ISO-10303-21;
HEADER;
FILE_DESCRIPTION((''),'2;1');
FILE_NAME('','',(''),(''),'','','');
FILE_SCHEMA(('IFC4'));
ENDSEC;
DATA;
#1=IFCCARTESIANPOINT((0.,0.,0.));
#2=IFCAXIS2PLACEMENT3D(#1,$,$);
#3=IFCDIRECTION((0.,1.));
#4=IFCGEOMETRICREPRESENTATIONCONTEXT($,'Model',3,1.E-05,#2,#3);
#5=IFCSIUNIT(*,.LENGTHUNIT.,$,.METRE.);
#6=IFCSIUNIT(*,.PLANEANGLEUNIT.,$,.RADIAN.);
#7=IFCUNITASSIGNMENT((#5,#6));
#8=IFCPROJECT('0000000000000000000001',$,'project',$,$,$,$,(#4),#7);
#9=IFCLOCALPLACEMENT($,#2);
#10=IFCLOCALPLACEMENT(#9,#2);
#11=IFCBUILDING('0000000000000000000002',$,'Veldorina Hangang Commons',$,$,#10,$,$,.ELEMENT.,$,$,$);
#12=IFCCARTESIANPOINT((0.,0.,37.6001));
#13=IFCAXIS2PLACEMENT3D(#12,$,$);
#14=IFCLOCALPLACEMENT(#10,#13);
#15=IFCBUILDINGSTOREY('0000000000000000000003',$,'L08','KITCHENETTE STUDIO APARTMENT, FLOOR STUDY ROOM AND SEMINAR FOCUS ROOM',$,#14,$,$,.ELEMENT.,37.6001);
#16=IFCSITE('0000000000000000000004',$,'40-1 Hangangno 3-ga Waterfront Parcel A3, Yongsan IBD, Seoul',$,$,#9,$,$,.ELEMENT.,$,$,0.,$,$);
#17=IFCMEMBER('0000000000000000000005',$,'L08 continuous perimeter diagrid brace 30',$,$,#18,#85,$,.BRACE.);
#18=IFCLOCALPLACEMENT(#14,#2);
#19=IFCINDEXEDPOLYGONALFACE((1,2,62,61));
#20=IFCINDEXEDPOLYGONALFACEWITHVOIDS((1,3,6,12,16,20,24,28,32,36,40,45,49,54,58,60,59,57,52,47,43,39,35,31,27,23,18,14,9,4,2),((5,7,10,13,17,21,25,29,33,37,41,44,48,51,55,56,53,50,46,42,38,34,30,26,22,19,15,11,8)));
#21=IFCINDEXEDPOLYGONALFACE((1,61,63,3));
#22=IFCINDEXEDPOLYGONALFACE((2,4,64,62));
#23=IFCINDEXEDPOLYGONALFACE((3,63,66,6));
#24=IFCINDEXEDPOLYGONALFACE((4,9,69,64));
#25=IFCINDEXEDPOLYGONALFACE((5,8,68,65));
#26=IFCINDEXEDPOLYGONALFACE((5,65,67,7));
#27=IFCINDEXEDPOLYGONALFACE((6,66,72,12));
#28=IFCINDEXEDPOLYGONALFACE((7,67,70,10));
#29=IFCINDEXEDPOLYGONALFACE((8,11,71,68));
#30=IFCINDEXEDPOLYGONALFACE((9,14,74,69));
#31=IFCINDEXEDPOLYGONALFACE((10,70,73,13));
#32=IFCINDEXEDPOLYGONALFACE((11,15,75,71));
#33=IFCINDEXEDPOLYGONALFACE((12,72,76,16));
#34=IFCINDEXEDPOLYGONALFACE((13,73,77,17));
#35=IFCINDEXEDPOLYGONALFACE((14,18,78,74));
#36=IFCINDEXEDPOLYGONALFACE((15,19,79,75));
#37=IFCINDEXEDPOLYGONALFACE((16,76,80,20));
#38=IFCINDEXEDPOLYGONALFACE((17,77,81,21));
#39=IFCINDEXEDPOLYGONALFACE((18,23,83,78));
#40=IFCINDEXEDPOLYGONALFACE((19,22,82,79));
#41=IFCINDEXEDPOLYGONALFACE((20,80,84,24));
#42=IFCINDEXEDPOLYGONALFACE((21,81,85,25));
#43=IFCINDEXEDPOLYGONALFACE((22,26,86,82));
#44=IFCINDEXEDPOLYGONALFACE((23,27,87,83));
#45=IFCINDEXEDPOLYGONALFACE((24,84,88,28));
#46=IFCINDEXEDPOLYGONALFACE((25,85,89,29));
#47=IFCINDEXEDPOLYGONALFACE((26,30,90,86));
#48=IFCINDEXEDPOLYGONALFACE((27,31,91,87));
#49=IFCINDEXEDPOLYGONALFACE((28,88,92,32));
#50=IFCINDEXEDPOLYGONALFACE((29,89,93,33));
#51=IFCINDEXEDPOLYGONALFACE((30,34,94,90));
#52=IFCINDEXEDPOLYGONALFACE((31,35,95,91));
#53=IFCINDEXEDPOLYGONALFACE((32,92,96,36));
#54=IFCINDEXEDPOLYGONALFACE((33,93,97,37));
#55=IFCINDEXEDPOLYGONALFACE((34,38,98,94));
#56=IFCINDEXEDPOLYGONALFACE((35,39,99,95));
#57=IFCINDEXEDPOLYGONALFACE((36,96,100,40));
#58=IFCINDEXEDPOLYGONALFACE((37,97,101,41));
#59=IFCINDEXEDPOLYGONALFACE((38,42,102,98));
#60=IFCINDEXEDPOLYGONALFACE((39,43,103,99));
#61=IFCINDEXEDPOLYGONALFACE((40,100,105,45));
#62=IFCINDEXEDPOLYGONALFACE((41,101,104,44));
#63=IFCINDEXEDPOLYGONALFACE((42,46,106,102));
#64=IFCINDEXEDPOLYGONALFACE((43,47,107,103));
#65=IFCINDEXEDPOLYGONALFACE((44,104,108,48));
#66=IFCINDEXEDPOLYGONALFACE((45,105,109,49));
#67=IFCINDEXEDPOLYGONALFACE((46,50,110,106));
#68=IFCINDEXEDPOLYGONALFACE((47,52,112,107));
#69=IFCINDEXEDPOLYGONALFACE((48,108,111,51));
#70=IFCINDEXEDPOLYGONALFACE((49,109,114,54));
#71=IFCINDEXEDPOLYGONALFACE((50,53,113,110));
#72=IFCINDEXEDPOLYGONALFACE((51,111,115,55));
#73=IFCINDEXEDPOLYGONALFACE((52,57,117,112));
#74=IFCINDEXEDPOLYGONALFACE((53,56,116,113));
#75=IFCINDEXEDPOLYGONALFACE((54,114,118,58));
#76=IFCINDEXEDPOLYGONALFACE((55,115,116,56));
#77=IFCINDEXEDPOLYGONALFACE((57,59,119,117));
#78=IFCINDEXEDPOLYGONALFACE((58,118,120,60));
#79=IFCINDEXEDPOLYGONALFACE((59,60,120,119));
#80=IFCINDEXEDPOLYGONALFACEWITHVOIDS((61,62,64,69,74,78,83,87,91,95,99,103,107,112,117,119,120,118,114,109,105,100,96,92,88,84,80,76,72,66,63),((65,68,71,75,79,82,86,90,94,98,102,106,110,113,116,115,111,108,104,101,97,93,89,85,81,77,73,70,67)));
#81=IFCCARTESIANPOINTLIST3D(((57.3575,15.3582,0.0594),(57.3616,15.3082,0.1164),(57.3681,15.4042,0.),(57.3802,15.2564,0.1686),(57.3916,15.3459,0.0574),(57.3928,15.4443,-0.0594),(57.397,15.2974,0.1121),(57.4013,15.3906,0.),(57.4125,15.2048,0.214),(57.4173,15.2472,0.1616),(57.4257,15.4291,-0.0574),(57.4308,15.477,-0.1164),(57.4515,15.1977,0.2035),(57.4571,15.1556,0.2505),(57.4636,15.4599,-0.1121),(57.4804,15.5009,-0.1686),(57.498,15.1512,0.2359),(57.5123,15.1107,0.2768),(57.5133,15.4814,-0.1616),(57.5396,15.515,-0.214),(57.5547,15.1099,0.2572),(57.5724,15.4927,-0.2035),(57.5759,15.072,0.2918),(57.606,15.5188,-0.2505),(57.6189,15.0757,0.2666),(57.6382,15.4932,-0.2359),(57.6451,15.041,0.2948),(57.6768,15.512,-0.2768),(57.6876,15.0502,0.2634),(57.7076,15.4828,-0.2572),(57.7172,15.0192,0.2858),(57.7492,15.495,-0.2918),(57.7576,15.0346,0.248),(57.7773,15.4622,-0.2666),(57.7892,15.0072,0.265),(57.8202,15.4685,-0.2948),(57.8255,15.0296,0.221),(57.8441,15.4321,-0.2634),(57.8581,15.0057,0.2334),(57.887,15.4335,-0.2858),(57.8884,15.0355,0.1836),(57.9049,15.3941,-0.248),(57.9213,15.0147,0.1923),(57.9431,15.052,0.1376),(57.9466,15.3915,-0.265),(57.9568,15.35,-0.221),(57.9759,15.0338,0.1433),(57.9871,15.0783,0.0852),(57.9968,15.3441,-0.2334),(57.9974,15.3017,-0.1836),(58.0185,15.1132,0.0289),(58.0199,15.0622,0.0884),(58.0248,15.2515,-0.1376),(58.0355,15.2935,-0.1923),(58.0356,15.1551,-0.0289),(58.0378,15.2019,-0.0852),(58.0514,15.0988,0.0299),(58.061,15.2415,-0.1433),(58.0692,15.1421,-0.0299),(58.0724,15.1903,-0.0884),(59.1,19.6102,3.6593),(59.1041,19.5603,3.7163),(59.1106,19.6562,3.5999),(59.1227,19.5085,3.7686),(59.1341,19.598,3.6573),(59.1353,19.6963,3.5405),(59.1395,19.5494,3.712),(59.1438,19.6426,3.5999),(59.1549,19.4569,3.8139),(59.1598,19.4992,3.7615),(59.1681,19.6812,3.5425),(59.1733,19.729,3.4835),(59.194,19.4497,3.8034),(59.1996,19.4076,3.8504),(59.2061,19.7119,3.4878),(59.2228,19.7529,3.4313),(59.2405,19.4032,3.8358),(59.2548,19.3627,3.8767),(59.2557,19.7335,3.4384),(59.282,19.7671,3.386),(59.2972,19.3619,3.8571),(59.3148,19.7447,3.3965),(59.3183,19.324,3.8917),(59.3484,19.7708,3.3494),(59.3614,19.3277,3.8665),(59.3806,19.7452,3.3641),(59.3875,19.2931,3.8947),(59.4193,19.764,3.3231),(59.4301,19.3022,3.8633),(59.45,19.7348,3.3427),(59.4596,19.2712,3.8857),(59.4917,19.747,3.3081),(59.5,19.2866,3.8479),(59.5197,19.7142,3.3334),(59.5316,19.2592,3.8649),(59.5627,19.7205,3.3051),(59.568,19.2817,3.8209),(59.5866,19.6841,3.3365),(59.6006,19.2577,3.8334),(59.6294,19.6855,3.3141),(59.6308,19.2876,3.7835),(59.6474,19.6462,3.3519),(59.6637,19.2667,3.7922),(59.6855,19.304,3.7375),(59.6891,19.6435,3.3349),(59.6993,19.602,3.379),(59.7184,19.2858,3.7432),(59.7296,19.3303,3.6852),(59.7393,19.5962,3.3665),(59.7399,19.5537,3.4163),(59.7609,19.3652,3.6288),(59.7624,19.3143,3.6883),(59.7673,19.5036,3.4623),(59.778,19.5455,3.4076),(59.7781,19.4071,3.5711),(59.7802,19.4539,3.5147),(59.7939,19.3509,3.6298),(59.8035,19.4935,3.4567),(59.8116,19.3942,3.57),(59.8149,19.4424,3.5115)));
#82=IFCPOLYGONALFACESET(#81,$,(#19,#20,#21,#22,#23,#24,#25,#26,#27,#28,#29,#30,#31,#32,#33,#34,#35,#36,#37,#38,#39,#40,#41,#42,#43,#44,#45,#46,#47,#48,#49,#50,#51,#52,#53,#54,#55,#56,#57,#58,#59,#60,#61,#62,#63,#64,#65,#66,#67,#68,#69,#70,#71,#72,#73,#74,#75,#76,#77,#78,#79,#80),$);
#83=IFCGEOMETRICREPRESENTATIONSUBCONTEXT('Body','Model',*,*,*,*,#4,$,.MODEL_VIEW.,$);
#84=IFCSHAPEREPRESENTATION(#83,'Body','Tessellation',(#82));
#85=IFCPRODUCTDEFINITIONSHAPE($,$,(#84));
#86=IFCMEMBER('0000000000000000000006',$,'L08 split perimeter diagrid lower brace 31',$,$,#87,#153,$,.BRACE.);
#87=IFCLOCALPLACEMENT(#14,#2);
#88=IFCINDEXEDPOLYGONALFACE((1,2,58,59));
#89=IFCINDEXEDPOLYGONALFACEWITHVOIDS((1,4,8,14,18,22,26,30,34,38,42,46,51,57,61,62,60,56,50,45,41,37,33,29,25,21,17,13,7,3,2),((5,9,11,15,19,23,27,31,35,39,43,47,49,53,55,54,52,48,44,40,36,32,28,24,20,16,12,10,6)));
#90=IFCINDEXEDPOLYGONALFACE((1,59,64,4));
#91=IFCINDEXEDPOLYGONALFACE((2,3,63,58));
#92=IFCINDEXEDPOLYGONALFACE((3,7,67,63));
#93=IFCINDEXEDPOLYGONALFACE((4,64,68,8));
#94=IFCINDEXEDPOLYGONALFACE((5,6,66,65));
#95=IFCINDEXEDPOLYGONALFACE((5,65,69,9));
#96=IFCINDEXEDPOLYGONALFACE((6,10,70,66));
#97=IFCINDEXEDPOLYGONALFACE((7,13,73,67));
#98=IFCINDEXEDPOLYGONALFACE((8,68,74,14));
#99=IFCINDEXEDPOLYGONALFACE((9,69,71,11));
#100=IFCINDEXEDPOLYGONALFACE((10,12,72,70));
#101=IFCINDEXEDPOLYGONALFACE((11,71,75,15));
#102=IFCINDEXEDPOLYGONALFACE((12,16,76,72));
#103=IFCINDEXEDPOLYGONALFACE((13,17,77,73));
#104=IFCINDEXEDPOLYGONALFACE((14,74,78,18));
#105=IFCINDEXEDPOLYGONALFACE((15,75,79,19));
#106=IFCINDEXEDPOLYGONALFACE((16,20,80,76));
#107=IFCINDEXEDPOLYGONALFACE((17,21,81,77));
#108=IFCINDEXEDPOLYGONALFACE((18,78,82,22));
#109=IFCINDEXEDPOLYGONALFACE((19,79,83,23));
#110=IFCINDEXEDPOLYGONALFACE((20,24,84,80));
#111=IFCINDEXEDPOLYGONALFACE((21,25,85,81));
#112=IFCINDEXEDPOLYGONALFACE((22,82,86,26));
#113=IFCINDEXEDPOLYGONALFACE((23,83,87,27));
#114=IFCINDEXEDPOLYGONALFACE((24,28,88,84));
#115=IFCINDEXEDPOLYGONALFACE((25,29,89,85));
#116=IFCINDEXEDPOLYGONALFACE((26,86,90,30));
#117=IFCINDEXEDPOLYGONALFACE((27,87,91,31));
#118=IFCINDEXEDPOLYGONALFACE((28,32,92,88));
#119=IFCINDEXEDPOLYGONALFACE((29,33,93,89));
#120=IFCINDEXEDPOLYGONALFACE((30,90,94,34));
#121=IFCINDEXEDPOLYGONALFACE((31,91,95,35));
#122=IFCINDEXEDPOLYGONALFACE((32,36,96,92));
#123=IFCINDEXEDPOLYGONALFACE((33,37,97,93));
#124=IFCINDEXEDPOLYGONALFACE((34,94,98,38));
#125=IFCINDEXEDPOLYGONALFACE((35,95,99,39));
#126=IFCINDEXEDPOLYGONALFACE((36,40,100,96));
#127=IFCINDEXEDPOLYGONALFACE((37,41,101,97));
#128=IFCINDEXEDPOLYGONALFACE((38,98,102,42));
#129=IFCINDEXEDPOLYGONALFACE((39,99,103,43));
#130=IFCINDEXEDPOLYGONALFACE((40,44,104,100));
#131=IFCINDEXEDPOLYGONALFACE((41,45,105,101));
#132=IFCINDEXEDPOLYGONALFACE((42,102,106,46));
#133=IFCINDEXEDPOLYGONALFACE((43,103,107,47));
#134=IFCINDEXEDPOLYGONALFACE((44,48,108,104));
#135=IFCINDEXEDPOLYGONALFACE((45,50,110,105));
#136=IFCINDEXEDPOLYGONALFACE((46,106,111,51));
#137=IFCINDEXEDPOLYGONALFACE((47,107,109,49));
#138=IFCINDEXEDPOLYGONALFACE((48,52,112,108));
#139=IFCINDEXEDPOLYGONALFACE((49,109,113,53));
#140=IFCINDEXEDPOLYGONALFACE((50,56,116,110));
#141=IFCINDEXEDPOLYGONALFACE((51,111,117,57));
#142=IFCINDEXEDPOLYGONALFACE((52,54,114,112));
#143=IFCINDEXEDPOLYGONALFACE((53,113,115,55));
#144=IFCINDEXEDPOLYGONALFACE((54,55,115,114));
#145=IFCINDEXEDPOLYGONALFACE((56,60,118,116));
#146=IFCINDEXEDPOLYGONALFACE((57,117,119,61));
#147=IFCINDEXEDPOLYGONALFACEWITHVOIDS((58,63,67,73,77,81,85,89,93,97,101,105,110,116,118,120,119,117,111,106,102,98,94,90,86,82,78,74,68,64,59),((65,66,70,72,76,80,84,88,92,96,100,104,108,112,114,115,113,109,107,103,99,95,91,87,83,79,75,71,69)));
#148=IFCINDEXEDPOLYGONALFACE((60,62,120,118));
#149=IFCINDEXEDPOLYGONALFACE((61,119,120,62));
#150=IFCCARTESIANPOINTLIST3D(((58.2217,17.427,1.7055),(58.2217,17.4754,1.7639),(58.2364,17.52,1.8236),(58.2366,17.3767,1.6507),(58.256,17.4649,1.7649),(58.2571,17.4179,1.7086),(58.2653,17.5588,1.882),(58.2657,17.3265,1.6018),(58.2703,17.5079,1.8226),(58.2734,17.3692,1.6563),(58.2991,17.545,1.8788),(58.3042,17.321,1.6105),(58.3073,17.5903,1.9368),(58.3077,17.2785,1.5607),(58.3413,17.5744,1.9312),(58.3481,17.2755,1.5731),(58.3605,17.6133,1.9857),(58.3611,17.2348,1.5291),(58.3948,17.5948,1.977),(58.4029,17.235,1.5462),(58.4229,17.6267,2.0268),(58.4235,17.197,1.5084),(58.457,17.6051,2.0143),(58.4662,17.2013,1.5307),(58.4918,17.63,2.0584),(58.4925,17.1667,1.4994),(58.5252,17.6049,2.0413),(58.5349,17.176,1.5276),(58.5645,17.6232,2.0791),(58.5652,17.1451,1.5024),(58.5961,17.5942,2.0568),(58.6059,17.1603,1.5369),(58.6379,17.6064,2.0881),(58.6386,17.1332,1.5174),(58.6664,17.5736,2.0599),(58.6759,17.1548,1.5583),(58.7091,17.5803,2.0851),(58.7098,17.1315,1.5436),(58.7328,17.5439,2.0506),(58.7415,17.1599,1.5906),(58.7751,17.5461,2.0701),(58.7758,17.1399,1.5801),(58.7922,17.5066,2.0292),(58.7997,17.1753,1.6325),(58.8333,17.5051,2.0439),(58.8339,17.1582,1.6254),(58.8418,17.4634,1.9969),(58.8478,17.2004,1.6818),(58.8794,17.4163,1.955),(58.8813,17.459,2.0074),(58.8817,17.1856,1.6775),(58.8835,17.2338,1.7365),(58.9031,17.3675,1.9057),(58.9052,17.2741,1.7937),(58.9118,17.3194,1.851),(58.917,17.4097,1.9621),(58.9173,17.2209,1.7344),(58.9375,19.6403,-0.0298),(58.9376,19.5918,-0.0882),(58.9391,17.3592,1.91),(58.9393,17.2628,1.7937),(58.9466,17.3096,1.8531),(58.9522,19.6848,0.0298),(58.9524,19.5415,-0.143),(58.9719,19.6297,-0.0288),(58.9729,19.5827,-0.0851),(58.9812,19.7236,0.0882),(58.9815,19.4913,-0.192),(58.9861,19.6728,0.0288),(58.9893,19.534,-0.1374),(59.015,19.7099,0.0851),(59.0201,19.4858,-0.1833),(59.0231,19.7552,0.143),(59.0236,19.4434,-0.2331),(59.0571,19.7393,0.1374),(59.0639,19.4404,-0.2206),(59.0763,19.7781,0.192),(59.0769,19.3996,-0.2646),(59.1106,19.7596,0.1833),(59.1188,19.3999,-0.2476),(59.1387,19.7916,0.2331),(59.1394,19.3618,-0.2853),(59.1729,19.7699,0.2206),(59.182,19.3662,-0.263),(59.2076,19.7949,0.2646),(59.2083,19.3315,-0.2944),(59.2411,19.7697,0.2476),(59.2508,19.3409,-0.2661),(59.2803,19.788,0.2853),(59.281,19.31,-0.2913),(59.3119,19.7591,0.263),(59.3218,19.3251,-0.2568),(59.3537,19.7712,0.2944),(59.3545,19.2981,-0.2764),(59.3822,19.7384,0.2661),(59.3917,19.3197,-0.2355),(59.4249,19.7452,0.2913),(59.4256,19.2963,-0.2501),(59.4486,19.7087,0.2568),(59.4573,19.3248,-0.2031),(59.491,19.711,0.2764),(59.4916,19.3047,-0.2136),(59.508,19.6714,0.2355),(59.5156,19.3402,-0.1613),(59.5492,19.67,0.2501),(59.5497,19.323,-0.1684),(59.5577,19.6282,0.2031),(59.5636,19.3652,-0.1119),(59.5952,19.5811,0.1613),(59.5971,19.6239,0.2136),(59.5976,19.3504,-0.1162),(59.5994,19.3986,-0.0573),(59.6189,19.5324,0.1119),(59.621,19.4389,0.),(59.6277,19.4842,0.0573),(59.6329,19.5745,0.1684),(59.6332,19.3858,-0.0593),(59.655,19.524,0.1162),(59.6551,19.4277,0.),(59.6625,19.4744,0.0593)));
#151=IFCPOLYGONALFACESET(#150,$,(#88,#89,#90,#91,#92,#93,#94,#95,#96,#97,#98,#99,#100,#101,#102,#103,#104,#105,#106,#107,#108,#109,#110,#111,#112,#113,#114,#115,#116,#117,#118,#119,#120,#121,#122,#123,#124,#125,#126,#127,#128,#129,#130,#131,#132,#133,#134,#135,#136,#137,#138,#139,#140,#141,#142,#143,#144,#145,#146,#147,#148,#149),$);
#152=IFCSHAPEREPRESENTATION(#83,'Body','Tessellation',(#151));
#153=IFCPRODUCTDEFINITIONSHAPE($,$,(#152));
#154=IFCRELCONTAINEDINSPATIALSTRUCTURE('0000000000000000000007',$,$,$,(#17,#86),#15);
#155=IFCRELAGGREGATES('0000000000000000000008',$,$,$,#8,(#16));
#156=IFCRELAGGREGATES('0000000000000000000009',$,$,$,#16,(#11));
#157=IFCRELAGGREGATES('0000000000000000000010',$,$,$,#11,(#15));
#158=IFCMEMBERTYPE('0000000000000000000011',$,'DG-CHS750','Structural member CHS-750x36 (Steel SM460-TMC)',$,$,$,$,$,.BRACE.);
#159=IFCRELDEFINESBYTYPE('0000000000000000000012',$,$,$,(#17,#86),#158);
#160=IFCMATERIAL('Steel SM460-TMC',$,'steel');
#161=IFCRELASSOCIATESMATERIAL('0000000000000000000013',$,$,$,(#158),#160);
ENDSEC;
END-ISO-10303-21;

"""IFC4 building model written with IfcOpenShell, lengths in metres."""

from ifc_helpers import new_model, si_unit, direction, frame, origin, origin_2d, place, context, subcontext, project, spatial, hollow_circle, extrude, material, material_profile, profile_set, type_object, element, save


model = new_model("IFC4")

# Units and contexts
model_context = context("Model", 3, precision=1e-05, world=origin(), true_north=direction((0.0, 1.0)))
body_context = subcontext(model_context, "Body", "Model", "MODEL_VIEW")
ifc_project = project(units=[si_unit("LENGTHUNIT", "METRE"), si_unit("PLANEANGLEUNIT", "RADIAN")], contexts=[model_context])

# Site, building, storey
site_placement = place(None, origin())
site = spatial("IfcSite", under=ifc_project, at=site_placement, Name="40-1 Hangangno 3-ga Waterfront Parcel A3, Yongsan IBD, Seoul", CompositionType="ELEMENT", RefElevation=0.0)
building_placement = place(site_placement, origin())
building = spatial("IfcBuilding", under=site, at=building_placement, Name="Veldorina Hangang Commons", CompositionType="ELEMENT")
storey_placement = place(building_placement, frame((0.0, 0.0, 37.6001)))
storey = spatial("IfcBuildingStorey", under=building, at=storey_placement, Name="L08", Description="KITCHENETTE STUDIO APARTMENT, FLOOR STUDY ROOM AND SEMINAR FOCUS ROOM", CompositionType="ELEMENT", Elevation=37.6001)

# Shared definitions
ifc_material_1 = material(Name="Steel SM460-TMC", Category="steel")

# Members
ifc_material_profile_1 = material_profile(ifc_material_1, hollow_circle(Radius=0.375, WallThickness=0.0359, at=origin_2d()), Name="CHS-750x36")
ifc_profile_set_1 = profile_set([ifc_material_profile_1], Name="Steel SM460-TMC")
member_type = type_object("IfcMemberType", Name="DG-CHS750", Description="Structural member CHS-750x36 (Steel SM460-TMC)", PredefinedType="BRACE", material=ifc_profile_set_1)
member_1_placement = place(storey_placement, frame((57.7151, 15.262, 0.0), z_axis=(0.298499, 0.72841, 0.616698), x_axis=(-0.925318, 0.379191, 0.0)))
element("IfcMember", 1, at=member_1_placement, inside=storey, type_object=member_type, Name="L08 continuous perimeter diagrid brace 30", PredefinedType="BRACE", context=body_context, shape_type="SweptSolid", body=[
    extrude(hollow_circle(Radius=0.375, WallThickness=0.0359, at=origin_2d()), origin(), (0.0, 0.0, 1.0), 5.8374),
])
member_2_placement = place(storey_placement, frame((59.2991, 19.5454, 0.0), z_axis=(-0.246745, -0.74621, 0.618293), x_axis=(0.949441, -0.313946, 0.0)))
element("IfcMember", 2, at=member_2_placement, inside=storey, type_object=member_type, Name="L08 split perimeter diagrid lower brace 31", PredefinedType="BRACE", context=body_context, shape_type="SweptSolid", body=[
    extrude(hollow_circle(Radius=0.375, WallThickness=0.0359, at=origin_2d()), origin(), (0.0, 0.0, 1.0), 2.9011),
])

save(model, "model.ifc")
